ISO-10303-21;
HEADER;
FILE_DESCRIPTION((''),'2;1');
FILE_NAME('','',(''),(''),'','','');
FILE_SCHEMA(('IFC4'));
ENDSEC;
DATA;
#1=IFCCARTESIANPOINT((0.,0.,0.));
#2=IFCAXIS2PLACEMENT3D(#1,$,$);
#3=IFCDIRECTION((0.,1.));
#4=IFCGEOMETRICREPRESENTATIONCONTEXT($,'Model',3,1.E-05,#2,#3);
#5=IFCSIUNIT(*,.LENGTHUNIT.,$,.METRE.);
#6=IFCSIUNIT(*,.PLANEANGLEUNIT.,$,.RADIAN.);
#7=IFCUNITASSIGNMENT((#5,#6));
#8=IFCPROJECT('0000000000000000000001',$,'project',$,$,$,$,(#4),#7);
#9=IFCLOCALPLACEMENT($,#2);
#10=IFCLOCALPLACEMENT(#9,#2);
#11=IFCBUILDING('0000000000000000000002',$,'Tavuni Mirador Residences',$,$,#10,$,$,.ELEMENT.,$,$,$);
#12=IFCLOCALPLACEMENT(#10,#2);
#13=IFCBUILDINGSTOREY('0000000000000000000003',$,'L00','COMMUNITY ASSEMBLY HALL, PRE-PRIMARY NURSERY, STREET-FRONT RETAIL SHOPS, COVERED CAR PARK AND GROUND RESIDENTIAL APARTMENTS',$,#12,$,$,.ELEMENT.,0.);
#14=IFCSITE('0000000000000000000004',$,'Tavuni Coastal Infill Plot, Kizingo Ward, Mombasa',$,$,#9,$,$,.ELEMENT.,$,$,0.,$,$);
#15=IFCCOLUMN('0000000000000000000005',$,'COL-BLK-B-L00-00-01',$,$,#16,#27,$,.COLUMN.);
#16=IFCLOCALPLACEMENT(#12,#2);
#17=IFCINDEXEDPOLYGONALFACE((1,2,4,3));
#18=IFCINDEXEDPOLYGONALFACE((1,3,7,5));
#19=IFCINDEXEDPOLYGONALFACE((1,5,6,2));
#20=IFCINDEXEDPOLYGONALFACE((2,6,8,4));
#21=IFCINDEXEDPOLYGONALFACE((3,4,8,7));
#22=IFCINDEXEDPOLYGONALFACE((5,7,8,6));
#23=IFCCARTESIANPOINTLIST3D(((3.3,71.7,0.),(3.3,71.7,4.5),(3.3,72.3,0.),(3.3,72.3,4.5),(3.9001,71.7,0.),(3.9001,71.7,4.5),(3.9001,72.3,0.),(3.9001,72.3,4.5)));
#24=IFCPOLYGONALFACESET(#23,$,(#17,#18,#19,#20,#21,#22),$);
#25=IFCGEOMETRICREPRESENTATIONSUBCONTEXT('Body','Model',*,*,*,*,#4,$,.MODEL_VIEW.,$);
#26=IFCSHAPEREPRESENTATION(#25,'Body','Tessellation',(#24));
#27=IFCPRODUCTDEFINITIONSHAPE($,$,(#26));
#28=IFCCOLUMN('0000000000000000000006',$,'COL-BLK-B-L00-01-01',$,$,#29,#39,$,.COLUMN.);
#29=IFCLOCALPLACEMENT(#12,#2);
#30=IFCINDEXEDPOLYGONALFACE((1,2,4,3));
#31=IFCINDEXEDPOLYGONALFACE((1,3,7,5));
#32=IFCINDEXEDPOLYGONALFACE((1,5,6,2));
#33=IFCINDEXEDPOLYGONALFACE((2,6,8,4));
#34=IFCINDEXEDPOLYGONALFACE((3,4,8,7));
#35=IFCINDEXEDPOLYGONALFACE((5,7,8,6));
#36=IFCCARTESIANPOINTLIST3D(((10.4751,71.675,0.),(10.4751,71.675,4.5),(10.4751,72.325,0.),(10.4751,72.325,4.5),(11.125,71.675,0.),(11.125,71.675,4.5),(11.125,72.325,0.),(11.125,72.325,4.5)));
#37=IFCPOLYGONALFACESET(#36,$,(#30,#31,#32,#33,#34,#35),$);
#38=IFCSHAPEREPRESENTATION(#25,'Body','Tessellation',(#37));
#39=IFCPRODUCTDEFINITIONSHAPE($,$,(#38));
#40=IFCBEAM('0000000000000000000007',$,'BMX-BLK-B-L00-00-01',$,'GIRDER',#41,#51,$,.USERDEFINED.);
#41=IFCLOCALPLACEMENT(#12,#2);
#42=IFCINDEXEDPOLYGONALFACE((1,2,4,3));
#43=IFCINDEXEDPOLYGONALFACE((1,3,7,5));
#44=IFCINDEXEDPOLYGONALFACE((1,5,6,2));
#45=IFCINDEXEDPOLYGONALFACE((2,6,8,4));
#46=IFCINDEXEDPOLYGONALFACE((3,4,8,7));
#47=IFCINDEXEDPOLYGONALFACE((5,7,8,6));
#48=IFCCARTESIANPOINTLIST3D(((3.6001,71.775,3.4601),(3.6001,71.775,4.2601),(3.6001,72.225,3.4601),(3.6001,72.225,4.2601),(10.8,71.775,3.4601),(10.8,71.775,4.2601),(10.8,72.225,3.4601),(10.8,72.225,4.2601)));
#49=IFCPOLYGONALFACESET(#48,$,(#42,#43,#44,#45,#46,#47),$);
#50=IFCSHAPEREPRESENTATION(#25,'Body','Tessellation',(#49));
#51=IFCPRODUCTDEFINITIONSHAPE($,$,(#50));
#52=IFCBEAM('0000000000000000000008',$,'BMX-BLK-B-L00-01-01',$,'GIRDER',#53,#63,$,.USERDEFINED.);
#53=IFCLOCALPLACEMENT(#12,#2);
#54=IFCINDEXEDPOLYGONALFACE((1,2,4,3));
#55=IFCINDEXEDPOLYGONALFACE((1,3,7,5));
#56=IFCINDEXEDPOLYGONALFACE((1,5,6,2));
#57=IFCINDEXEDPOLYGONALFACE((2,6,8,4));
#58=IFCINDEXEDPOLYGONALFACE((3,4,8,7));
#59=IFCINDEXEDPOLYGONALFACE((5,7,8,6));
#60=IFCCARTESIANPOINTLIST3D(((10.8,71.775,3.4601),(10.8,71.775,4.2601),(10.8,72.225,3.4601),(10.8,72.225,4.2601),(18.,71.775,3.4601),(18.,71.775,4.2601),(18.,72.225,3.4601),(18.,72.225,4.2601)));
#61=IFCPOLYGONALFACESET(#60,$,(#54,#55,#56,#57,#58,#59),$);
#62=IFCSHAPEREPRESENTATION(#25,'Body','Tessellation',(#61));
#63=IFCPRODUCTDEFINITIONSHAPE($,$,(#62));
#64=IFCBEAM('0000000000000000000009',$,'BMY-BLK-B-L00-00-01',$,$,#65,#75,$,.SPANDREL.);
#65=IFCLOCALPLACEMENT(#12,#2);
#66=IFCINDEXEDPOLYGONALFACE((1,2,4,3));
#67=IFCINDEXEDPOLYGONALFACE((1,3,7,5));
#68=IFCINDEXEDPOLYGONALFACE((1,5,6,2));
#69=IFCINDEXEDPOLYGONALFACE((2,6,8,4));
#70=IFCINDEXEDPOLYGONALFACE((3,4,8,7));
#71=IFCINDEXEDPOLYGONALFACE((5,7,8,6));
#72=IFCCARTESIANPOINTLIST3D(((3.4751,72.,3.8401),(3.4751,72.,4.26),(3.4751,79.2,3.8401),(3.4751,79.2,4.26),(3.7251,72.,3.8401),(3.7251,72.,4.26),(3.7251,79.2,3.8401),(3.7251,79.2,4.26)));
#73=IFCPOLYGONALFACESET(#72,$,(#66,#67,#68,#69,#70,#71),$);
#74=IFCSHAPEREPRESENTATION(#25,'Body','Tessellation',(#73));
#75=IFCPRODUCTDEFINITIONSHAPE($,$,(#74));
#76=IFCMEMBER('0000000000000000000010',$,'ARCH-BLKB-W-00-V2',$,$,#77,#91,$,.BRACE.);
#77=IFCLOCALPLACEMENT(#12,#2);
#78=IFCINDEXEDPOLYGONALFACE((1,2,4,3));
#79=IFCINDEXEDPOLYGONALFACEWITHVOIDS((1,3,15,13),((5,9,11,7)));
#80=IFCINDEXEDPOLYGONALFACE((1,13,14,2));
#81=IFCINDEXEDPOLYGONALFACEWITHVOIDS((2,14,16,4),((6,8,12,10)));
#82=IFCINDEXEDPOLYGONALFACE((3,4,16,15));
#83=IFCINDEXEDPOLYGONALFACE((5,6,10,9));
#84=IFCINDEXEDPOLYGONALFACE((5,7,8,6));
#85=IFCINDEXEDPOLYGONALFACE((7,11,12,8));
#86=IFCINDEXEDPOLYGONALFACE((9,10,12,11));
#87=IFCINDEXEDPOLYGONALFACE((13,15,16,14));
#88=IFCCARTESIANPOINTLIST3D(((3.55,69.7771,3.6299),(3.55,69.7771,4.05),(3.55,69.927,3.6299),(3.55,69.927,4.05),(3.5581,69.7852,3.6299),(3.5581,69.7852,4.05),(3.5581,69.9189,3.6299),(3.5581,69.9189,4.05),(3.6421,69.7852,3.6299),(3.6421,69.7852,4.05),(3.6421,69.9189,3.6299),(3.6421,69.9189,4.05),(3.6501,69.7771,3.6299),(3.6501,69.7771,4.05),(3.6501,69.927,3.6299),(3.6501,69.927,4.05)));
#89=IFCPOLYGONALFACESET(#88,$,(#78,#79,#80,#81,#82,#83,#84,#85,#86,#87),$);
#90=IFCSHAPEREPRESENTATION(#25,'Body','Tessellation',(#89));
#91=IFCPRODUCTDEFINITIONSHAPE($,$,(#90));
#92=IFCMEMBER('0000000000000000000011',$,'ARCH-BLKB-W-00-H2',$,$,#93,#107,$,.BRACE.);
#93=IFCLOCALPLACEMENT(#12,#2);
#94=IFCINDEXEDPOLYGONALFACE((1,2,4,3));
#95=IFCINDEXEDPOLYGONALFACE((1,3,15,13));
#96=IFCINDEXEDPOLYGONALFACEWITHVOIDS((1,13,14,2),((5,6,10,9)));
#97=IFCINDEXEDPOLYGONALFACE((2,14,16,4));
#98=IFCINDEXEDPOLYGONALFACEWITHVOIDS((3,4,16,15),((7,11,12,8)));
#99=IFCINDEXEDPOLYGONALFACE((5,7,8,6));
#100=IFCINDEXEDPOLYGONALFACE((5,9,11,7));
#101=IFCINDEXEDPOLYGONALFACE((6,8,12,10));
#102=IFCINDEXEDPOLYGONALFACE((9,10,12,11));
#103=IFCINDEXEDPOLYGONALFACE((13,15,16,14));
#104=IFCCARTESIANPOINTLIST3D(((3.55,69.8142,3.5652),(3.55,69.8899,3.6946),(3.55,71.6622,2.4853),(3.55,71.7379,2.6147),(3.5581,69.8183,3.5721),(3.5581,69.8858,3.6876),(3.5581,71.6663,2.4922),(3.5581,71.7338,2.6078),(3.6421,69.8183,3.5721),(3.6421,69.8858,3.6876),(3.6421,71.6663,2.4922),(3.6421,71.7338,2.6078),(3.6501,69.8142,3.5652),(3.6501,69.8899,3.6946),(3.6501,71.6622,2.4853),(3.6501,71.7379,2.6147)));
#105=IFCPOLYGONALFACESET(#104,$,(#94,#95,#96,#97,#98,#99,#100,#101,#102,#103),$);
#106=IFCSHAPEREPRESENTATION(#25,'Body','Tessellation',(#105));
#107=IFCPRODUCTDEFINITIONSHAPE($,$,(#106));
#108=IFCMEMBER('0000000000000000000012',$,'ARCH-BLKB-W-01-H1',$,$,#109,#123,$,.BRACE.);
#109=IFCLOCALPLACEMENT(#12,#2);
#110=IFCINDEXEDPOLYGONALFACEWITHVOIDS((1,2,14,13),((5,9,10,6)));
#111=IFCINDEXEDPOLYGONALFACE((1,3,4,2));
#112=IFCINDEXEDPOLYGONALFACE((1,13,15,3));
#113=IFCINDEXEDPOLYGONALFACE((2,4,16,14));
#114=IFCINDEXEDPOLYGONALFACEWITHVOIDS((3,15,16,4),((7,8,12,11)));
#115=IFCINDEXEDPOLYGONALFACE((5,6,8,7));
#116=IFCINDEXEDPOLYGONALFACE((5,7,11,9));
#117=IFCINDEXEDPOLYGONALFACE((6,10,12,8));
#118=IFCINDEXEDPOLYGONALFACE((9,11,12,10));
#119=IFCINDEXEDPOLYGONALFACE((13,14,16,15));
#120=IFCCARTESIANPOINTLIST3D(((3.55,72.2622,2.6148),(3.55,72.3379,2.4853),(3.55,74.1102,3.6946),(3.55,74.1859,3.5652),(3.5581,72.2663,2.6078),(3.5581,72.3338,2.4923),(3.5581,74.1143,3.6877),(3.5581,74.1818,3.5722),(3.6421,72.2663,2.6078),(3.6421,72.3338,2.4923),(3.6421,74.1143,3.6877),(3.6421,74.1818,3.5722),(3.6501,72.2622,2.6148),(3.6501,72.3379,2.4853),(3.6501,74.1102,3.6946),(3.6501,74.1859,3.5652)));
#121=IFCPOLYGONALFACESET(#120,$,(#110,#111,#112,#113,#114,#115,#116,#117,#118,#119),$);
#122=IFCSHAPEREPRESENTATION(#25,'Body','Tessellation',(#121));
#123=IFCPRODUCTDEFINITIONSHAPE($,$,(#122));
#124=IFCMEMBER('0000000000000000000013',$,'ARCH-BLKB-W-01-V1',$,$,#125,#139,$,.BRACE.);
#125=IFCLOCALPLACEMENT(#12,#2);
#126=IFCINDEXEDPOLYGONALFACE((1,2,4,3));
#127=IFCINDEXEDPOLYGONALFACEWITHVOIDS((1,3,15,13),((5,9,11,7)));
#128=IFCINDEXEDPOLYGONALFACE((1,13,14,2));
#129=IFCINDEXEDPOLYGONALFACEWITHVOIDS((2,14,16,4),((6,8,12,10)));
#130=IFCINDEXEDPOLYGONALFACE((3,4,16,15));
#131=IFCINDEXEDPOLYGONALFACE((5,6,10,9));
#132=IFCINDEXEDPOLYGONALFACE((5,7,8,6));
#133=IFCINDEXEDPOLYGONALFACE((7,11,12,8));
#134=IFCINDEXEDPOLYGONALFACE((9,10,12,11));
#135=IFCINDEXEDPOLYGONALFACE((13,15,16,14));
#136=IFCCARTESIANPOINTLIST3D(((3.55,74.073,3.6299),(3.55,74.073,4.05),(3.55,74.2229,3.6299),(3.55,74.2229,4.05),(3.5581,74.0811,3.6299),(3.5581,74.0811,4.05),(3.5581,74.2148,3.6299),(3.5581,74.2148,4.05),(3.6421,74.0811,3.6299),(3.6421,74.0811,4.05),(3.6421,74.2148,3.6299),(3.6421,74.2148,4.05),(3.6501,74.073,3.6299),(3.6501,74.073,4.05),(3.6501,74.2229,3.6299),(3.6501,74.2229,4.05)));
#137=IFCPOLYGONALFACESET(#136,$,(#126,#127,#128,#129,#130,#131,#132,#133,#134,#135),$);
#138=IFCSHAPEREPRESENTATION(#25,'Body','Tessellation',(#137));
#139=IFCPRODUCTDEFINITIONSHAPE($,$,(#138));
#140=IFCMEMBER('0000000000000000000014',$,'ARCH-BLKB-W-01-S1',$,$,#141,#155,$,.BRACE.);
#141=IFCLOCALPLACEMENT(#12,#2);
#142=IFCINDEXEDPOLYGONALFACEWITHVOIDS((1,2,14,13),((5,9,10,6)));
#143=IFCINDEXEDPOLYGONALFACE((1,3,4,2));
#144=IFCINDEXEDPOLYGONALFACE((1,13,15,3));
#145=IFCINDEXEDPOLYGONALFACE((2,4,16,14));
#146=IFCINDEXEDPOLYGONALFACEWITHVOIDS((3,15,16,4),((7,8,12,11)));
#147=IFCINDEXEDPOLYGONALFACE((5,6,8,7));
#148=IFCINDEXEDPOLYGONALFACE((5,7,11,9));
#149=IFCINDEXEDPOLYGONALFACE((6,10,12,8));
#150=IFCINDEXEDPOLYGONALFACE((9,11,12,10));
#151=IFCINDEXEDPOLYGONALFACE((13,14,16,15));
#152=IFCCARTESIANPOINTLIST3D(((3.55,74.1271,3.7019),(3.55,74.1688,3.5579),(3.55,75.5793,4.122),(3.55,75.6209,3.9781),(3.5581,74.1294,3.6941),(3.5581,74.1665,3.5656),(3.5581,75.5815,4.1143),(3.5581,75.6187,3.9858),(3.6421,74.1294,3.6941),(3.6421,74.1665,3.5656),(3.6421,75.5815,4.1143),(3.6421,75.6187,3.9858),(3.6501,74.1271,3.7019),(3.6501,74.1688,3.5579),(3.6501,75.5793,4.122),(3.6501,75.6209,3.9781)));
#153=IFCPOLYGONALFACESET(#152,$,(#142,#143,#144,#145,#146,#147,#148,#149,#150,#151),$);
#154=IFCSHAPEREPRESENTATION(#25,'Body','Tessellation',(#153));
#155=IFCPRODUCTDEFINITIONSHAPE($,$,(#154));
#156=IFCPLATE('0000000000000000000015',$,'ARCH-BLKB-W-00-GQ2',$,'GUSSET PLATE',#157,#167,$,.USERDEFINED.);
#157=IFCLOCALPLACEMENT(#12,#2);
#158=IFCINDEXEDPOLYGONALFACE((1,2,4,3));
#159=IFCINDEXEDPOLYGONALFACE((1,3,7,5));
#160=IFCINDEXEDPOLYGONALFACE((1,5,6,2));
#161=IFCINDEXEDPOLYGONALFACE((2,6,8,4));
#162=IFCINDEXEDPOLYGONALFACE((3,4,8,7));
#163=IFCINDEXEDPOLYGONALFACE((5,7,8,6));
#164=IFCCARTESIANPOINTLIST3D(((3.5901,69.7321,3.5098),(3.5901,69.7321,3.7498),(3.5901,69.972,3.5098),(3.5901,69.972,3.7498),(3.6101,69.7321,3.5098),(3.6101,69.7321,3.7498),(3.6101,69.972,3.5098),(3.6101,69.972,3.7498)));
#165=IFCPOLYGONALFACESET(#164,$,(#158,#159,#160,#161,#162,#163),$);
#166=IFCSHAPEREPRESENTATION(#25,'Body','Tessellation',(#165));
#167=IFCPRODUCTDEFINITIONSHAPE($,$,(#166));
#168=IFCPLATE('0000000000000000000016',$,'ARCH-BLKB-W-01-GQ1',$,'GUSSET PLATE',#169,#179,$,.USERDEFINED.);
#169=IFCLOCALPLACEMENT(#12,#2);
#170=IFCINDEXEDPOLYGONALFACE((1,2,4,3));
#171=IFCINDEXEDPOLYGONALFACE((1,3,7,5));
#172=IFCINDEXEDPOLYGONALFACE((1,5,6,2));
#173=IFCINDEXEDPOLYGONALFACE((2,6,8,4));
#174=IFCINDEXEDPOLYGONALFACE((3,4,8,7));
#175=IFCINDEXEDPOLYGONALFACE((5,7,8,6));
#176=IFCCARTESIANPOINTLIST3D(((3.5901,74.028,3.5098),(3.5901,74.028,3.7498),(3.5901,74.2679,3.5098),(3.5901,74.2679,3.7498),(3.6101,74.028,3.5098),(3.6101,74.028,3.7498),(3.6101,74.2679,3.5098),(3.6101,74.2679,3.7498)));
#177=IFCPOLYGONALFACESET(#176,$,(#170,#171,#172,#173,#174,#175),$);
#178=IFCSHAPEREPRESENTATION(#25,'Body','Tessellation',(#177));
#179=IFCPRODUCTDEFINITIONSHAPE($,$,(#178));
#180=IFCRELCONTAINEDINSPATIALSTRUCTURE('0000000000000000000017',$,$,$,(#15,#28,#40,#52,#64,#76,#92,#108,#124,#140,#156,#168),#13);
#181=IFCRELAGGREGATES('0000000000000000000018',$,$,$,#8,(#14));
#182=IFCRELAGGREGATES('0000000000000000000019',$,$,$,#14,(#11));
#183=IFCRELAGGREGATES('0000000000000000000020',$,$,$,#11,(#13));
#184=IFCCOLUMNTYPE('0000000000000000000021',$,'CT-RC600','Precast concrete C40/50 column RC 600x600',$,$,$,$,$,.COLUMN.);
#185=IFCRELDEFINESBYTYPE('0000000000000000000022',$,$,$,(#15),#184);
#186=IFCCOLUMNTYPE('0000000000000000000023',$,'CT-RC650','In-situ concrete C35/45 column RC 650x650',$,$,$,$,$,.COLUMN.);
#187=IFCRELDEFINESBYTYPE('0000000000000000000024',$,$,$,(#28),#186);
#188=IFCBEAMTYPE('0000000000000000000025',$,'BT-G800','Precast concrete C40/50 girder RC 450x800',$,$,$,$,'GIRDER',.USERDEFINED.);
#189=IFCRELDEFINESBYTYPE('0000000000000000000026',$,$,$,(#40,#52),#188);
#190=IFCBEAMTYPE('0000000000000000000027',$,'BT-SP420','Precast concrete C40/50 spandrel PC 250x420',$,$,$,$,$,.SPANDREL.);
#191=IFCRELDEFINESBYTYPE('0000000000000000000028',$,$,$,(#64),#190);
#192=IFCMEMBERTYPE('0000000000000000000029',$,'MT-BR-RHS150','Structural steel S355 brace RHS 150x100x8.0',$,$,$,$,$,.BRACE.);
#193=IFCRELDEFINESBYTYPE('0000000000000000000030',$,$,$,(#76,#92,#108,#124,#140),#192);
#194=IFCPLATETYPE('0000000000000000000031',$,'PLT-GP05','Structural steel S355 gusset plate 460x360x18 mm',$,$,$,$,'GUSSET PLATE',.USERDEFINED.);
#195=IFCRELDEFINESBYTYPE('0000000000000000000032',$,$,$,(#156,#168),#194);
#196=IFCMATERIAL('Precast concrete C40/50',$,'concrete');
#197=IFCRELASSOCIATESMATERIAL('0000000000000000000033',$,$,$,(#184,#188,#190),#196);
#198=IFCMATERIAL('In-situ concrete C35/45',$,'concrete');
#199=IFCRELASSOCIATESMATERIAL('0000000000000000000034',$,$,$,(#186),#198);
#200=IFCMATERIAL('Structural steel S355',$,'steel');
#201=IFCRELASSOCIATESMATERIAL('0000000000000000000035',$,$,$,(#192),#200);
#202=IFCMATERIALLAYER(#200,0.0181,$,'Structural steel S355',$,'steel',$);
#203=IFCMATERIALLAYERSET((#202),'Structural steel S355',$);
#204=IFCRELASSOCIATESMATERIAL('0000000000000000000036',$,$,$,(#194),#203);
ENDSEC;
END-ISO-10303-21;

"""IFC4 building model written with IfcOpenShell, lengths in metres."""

from ifc_helpers import new_model, si_unit, direction, frame, origin, origin_2d, place, context, subcontext, project, spatial, rectangle, hollow_rectangle, extrude, material, layer, layer_set, material_profile, profile_set, type_object, element, save


model = new_model("IFC4")

# Units and contexts
model_context = context("Model", 3, precision=1e-05, world=origin(), true_north=direction((0.0, 1.0)))
body_context = subcontext(model_context, "Body", "Model", "MODEL_VIEW")
ifc_project = project(units=[si_unit("LENGTHUNIT", "METRE"), si_unit("PLANEANGLEUNIT", "RADIAN")], contexts=[model_context])

# Site, building, storey
site_placement = place(None, origin())
site = spatial("IfcSite", under=ifc_project, at=site_placement, Name="Tavuni Coastal Infill Plot, Kizingo Ward, Mombasa", CompositionType="ELEMENT", RefElevation=0.0)
building_placement = place(site_placement, origin())
building = spatial("IfcBuilding", under=site, at=building_placement, Name="Tavuni Mirador Residences", CompositionType="ELEMENT")
storey_placement = place(building_placement, origin())
storey = spatial("IfcBuildingStorey", under=building, at=storey_placement, Name="L00", Description="COMMUNITY ASSEMBLY HALL, PRE-PRIMARY NURSERY, STREET-FRONT RETAIL SHOPS, COVERED CAR PARK AND GROUND RESIDENTIAL APARTMENTS", CompositionType="ELEMENT", Elevation=0.0)

# Columns
ifc_material_1 = material(Name="Precast concrete C40/50", Category="concrete")
ifc_material_profile_1 = material_profile(ifc_material_1, rectangle(XDim=0.6001, YDim=0.6001, at=origin_2d()), Name="RC 600x600", Category="concrete")
ifc_profile_set_1 = profile_set([ifc_material_profile_1], Name="Precast concrete C40/50")
column_type_1 = type_object("IfcColumnType", Name="CT-RC600", Description="Precast concrete C40/50 column RC 600x600", PredefinedType="COLUMN", material=ifc_profile_set_1)
column_1_placement = place(storey_placement, frame((3.6001, 72.0, 0.0), z_axis=(0.0, 0.0, 1.0), x_axis=(1.0, 0.0, 0.0)))
element("IfcColumn", 1, at=column_1_placement, inside=storey, type_object=column_type_1, Name="COL-BLK-B-L00-00-01", PredefinedType="COLUMN", context=body_context, shape_type="SweptSolid", body=[
    extrude(rectangle(XDim=0.6001, YDim=0.6001, at=origin_2d()), origin(), (0.0, 0.0, 1.0), 4.5),
])
ifc_material_2 = material(Name="In-situ concrete C35/45", Category="concrete")
ifc_material_profile_2 = material_profile(ifc_material_2, rectangle(XDim=0.6499, YDim=0.6499, at=origin_2d()), Name="RC 650x650", Category="concrete")
ifc_profile_set_2 = profile_set([ifc_material_profile_2], Name="In-situ concrete C35/45")
column_type_2 = type_object("IfcColumnType", Name="CT-RC650", Description="In-situ concrete C35/45 column RC 650x650", PredefinedType="COLUMN", material=ifc_profile_set_2)
column_2_placement = place(storey_placement, frame((10.8, 72.0, 0.0), z_axis=(0.0, 0.0, 1.0), x_axis=(1.0, 0.0, 0.0)))
element("IfcColumn", 2, at=column_2_placement, inside=storey, type_object=column_type_2, Name="COL-BLK-B-L00-01-01", PredefinedType="COLUMN", context=body_context, shape_type="SweptSolid", body=[
    extrude(rectangle(XDim=0.6499, YDim=0.6499, at=origin_2d()), origin(), (0.0, 0.0, 1.0), 4.5),
])

# Beams
ifc_material_profile_3 = material_profile(ifc_material_1, rectangle(XDim=0.45, YDim=0.8, at=origin_2d()), Name="RC 450x800", Category="concrete")
ifc_profile_set_3 = profile_set([ifc_material_profile_3], Name="Precast concrete C40/50")
beam_type_1 = type_object("IfcBeamType", Name="BT-G800", Description="Precast concrete C40/50 girder RC 450x800", ElementType="GIRDER", PredefinedType="USERDEFINED", material=ifc_profile_set_3)
for number, where, z_axis, x_axis, name in (
    (3, (3.6001, 72.0, 3.8601), (1.0, 0.0, 0.0), (0.0, 1.0, 0.0), "BMX-BLK-B-L00-00-01"),
    (4, (10.8, 72.0, 3.8601), (1.0, 0.0, 0.0), (0.0, 1.0, 0.0), "BMX-BLK-B-L00-01-01"),
):
    element("IfcBeam", number, at=place(storey_placement, frame(where, z_axis=z_axis, x_axis=x_axis)), inside=storey, type_object=beam_type_1, Name=name, ObjectType="GIRDER", PredefinedType="USERDEFINED", context=body_context, shape_type="SweptSolid", body=[
        extrude(rectangle(XDim=0.45, YDim=0.8, at=origin_2d()), origin(), (0.0, 0.0, 1.0), 7.2),
    ])
ifc_material_profile_4 = material_profile(ifc_material_1, rectangle(XDim=0.25, YDim=0.4199, at=origin_2d()), Name="PC 250x420", Category="concrete")
ifc_profile_set_4 = profile_set([ifc_material_profile_4], Name="Precast concrete C40/50")
beam_type_2 = type_object("IfcBeamType", Name="BT-SP420", Description="Precast concrete C40/50 spandrel PC 250x420", PredefinedType="SPANDREL", material=ifc_profile_set_4)
beam_placement = place(storey_placement, frame((3.6001, 72.0, 4.05), z_axis=(0.0, 1.0, 0.0), x_axis=(-1.0, 0.0, 0.0)))
element("IfcBeam", 5, at=beam_placement, inside=storey, type_object=beam_type_2, Name="BMY-BLK-B-L00-00-01", PredefinedType="SPANDREL", context=body_context, shape_type="SweptSolid", body=[
    extrude(rectangle(XDim=0.25, YDim=0.4199, at=origin_2d()), origin(), (0.0, 0.0, 1.0), 7.2),
])

# Members
ifc_material_3 = material(Name="Structural steel S355", Category="steel")
ifc_material_profile_5 = material_profile(ifc_material_3, hollow_rectangle(XDim=0.1001, YDim=0.1499, WallThickness=0.0081, at=origin_2d()), Name="RHS 150x100x8.0", Category="steel")
ifc_profile_set_5 = profile_set([ifc_material_profile_5], Name="Structural steel S355")
member_type = type_object("IfcMemberType", Name="MT-BR-RHS150", Description="Structural steel S355 brace RHS 150x100x8.0", PredefinedType="BRACE", material=ifc_profile_set_5)
member_1_placement = place(storey_placement, frame((3.6001, 69.8521, 3.6299), z_axis=(0.0, 0.0, 1.0), x_axis=(1.0, 0.0, 0.0)))
element("IfcMember", 6, at=member_1_placement, inside=storey, type_object=member_type, Name="ARCH-BLKB-W-00-V2", PredefinedType="BRACE", context=body_context, shape_type="SweptSolid", body=[
    extrude(hollow_rectangle(XDim=0.1001, YDim=0.1499, WallThickness=0.0081, at=origin_2d()), origin(), (0.0, 0.0, 1.0), 0.4202),
])
for number, where, z_axis, x_axis, name in (
    (7, (3.6001, 69.8521, 3.6299), (0.0, 0.863394, -0.50453), (-1.0, 0.0, 0.0), "ARCH-BLKB-W-00-H2"),
    (8, (3.6001, 72.3, 2.55), (0.0, 0.863394, 0.50453), (-1.0, 0.0, 0.0), "ARCH-BLKB-W-01-H1"),
):
    element("IfcMember", number, at=place(storey_placement, frame(where, z_axis=z_axis, x_axis=x_axis)), inside=storey, type_object=member_type, Name=name, PredefinedType="BRACE", context=body_context, shape_type="SweptSolid", body=[
        extrude(hollow_rectangle(XDim=0.1001, YDim=0.1499, WallThickness=0.0081, at=origin_2d()), origin(), (0.0, 0.0, 1.0), 2.1404),
    ])
member_2_placement = place(storey_placement, frame((3.6001, 74.1479, 3.6299), z_axis=(0.0, 0.0, 1.0), x_axis=(1.0, 0.0, 0.0)))
element("IfcMember", 9, at=member_2_placement, inside=storey, type_object=member_type, Name="ARCH-BLKB-W-01-V1", PredefinedType="BRACE", context=body_context, shape_type="SweptSolid", body=[
    extrude(hollow_rectangle(XDim=0.1001, YDim=0.1499, WallThickness=0.0081, at=origin_2d()), origin(), (0.0, 0.0, 1.0), 0.4202),
])
member_3_placement = place(storey_placement, frame((3.6001, 74.1479, 3.6299), z_axis=(0.0, 0.960598, 0.27794), x_axis=(-1.0, 0.0, 0.0)))
element("IfcMember", 10, at=member_3_placement, inside=storey, type_object=member_type, Name="ARCH-BLKB-W-01-S1", PredefinedType="BRACE", context=body_context, shape_type="SweptSolid", body=[
    extrude(hollow_rectangle(XDim=0.1001, YDim=0.1499, WallThickness=0.0081, at=origin_2d()), origin(), (0.0, 0.0, 1.0), 1.5117),
])

# Plates
ifc_layer_1 = layer(ifc_material_3, 0.0181, Name="Structural steel S355", Category="steel")
ifc_layer_set_1 = layer_set([ifc_layer_1], Name="Structural steel S355")
plate_type = type_object("IfcPlateType", Name="PLT-GP05", Description="Structural steel S355 gusset plate 460x360x18 mm", ElementType="GUSSET PLATE", PredefinedType="USERDEFINED", material=ifc_layer_set_1)
for number, where, z_axis, x_axis, name in (
    (11, (3.6001, 69.8521, 3.5098), (0.0, 0.0, 1.0), (1.0, 0.0, 0.0), "ARCH-BLKB-W-00-GQ2"),
    (12, (3.6001, 74.1479, 3.5098), (0.0, 0.0, 1.0), (1.0, 0.0, 0.0), "ARCH-BLKB-W-01-GQ1"),
):
    element("IfcPlate", number, at=place(storey_placement, frame(where, z_axis=z_axis, x_axis=x_axis)), inside=storey, type_object=plate_type, Name=name, ObjectType="GUSSET PLATE", PredefinedType="USERDEFINED", context=body_context, shape_type="SweptSolid", body=[
        extrude(rectangle(XDim=0.02, YDim=0.24, at=origin_2d()), origin(), (0.0, 0.0, 1.0), 0.24),
    ])

save(model, "model.ifc")
